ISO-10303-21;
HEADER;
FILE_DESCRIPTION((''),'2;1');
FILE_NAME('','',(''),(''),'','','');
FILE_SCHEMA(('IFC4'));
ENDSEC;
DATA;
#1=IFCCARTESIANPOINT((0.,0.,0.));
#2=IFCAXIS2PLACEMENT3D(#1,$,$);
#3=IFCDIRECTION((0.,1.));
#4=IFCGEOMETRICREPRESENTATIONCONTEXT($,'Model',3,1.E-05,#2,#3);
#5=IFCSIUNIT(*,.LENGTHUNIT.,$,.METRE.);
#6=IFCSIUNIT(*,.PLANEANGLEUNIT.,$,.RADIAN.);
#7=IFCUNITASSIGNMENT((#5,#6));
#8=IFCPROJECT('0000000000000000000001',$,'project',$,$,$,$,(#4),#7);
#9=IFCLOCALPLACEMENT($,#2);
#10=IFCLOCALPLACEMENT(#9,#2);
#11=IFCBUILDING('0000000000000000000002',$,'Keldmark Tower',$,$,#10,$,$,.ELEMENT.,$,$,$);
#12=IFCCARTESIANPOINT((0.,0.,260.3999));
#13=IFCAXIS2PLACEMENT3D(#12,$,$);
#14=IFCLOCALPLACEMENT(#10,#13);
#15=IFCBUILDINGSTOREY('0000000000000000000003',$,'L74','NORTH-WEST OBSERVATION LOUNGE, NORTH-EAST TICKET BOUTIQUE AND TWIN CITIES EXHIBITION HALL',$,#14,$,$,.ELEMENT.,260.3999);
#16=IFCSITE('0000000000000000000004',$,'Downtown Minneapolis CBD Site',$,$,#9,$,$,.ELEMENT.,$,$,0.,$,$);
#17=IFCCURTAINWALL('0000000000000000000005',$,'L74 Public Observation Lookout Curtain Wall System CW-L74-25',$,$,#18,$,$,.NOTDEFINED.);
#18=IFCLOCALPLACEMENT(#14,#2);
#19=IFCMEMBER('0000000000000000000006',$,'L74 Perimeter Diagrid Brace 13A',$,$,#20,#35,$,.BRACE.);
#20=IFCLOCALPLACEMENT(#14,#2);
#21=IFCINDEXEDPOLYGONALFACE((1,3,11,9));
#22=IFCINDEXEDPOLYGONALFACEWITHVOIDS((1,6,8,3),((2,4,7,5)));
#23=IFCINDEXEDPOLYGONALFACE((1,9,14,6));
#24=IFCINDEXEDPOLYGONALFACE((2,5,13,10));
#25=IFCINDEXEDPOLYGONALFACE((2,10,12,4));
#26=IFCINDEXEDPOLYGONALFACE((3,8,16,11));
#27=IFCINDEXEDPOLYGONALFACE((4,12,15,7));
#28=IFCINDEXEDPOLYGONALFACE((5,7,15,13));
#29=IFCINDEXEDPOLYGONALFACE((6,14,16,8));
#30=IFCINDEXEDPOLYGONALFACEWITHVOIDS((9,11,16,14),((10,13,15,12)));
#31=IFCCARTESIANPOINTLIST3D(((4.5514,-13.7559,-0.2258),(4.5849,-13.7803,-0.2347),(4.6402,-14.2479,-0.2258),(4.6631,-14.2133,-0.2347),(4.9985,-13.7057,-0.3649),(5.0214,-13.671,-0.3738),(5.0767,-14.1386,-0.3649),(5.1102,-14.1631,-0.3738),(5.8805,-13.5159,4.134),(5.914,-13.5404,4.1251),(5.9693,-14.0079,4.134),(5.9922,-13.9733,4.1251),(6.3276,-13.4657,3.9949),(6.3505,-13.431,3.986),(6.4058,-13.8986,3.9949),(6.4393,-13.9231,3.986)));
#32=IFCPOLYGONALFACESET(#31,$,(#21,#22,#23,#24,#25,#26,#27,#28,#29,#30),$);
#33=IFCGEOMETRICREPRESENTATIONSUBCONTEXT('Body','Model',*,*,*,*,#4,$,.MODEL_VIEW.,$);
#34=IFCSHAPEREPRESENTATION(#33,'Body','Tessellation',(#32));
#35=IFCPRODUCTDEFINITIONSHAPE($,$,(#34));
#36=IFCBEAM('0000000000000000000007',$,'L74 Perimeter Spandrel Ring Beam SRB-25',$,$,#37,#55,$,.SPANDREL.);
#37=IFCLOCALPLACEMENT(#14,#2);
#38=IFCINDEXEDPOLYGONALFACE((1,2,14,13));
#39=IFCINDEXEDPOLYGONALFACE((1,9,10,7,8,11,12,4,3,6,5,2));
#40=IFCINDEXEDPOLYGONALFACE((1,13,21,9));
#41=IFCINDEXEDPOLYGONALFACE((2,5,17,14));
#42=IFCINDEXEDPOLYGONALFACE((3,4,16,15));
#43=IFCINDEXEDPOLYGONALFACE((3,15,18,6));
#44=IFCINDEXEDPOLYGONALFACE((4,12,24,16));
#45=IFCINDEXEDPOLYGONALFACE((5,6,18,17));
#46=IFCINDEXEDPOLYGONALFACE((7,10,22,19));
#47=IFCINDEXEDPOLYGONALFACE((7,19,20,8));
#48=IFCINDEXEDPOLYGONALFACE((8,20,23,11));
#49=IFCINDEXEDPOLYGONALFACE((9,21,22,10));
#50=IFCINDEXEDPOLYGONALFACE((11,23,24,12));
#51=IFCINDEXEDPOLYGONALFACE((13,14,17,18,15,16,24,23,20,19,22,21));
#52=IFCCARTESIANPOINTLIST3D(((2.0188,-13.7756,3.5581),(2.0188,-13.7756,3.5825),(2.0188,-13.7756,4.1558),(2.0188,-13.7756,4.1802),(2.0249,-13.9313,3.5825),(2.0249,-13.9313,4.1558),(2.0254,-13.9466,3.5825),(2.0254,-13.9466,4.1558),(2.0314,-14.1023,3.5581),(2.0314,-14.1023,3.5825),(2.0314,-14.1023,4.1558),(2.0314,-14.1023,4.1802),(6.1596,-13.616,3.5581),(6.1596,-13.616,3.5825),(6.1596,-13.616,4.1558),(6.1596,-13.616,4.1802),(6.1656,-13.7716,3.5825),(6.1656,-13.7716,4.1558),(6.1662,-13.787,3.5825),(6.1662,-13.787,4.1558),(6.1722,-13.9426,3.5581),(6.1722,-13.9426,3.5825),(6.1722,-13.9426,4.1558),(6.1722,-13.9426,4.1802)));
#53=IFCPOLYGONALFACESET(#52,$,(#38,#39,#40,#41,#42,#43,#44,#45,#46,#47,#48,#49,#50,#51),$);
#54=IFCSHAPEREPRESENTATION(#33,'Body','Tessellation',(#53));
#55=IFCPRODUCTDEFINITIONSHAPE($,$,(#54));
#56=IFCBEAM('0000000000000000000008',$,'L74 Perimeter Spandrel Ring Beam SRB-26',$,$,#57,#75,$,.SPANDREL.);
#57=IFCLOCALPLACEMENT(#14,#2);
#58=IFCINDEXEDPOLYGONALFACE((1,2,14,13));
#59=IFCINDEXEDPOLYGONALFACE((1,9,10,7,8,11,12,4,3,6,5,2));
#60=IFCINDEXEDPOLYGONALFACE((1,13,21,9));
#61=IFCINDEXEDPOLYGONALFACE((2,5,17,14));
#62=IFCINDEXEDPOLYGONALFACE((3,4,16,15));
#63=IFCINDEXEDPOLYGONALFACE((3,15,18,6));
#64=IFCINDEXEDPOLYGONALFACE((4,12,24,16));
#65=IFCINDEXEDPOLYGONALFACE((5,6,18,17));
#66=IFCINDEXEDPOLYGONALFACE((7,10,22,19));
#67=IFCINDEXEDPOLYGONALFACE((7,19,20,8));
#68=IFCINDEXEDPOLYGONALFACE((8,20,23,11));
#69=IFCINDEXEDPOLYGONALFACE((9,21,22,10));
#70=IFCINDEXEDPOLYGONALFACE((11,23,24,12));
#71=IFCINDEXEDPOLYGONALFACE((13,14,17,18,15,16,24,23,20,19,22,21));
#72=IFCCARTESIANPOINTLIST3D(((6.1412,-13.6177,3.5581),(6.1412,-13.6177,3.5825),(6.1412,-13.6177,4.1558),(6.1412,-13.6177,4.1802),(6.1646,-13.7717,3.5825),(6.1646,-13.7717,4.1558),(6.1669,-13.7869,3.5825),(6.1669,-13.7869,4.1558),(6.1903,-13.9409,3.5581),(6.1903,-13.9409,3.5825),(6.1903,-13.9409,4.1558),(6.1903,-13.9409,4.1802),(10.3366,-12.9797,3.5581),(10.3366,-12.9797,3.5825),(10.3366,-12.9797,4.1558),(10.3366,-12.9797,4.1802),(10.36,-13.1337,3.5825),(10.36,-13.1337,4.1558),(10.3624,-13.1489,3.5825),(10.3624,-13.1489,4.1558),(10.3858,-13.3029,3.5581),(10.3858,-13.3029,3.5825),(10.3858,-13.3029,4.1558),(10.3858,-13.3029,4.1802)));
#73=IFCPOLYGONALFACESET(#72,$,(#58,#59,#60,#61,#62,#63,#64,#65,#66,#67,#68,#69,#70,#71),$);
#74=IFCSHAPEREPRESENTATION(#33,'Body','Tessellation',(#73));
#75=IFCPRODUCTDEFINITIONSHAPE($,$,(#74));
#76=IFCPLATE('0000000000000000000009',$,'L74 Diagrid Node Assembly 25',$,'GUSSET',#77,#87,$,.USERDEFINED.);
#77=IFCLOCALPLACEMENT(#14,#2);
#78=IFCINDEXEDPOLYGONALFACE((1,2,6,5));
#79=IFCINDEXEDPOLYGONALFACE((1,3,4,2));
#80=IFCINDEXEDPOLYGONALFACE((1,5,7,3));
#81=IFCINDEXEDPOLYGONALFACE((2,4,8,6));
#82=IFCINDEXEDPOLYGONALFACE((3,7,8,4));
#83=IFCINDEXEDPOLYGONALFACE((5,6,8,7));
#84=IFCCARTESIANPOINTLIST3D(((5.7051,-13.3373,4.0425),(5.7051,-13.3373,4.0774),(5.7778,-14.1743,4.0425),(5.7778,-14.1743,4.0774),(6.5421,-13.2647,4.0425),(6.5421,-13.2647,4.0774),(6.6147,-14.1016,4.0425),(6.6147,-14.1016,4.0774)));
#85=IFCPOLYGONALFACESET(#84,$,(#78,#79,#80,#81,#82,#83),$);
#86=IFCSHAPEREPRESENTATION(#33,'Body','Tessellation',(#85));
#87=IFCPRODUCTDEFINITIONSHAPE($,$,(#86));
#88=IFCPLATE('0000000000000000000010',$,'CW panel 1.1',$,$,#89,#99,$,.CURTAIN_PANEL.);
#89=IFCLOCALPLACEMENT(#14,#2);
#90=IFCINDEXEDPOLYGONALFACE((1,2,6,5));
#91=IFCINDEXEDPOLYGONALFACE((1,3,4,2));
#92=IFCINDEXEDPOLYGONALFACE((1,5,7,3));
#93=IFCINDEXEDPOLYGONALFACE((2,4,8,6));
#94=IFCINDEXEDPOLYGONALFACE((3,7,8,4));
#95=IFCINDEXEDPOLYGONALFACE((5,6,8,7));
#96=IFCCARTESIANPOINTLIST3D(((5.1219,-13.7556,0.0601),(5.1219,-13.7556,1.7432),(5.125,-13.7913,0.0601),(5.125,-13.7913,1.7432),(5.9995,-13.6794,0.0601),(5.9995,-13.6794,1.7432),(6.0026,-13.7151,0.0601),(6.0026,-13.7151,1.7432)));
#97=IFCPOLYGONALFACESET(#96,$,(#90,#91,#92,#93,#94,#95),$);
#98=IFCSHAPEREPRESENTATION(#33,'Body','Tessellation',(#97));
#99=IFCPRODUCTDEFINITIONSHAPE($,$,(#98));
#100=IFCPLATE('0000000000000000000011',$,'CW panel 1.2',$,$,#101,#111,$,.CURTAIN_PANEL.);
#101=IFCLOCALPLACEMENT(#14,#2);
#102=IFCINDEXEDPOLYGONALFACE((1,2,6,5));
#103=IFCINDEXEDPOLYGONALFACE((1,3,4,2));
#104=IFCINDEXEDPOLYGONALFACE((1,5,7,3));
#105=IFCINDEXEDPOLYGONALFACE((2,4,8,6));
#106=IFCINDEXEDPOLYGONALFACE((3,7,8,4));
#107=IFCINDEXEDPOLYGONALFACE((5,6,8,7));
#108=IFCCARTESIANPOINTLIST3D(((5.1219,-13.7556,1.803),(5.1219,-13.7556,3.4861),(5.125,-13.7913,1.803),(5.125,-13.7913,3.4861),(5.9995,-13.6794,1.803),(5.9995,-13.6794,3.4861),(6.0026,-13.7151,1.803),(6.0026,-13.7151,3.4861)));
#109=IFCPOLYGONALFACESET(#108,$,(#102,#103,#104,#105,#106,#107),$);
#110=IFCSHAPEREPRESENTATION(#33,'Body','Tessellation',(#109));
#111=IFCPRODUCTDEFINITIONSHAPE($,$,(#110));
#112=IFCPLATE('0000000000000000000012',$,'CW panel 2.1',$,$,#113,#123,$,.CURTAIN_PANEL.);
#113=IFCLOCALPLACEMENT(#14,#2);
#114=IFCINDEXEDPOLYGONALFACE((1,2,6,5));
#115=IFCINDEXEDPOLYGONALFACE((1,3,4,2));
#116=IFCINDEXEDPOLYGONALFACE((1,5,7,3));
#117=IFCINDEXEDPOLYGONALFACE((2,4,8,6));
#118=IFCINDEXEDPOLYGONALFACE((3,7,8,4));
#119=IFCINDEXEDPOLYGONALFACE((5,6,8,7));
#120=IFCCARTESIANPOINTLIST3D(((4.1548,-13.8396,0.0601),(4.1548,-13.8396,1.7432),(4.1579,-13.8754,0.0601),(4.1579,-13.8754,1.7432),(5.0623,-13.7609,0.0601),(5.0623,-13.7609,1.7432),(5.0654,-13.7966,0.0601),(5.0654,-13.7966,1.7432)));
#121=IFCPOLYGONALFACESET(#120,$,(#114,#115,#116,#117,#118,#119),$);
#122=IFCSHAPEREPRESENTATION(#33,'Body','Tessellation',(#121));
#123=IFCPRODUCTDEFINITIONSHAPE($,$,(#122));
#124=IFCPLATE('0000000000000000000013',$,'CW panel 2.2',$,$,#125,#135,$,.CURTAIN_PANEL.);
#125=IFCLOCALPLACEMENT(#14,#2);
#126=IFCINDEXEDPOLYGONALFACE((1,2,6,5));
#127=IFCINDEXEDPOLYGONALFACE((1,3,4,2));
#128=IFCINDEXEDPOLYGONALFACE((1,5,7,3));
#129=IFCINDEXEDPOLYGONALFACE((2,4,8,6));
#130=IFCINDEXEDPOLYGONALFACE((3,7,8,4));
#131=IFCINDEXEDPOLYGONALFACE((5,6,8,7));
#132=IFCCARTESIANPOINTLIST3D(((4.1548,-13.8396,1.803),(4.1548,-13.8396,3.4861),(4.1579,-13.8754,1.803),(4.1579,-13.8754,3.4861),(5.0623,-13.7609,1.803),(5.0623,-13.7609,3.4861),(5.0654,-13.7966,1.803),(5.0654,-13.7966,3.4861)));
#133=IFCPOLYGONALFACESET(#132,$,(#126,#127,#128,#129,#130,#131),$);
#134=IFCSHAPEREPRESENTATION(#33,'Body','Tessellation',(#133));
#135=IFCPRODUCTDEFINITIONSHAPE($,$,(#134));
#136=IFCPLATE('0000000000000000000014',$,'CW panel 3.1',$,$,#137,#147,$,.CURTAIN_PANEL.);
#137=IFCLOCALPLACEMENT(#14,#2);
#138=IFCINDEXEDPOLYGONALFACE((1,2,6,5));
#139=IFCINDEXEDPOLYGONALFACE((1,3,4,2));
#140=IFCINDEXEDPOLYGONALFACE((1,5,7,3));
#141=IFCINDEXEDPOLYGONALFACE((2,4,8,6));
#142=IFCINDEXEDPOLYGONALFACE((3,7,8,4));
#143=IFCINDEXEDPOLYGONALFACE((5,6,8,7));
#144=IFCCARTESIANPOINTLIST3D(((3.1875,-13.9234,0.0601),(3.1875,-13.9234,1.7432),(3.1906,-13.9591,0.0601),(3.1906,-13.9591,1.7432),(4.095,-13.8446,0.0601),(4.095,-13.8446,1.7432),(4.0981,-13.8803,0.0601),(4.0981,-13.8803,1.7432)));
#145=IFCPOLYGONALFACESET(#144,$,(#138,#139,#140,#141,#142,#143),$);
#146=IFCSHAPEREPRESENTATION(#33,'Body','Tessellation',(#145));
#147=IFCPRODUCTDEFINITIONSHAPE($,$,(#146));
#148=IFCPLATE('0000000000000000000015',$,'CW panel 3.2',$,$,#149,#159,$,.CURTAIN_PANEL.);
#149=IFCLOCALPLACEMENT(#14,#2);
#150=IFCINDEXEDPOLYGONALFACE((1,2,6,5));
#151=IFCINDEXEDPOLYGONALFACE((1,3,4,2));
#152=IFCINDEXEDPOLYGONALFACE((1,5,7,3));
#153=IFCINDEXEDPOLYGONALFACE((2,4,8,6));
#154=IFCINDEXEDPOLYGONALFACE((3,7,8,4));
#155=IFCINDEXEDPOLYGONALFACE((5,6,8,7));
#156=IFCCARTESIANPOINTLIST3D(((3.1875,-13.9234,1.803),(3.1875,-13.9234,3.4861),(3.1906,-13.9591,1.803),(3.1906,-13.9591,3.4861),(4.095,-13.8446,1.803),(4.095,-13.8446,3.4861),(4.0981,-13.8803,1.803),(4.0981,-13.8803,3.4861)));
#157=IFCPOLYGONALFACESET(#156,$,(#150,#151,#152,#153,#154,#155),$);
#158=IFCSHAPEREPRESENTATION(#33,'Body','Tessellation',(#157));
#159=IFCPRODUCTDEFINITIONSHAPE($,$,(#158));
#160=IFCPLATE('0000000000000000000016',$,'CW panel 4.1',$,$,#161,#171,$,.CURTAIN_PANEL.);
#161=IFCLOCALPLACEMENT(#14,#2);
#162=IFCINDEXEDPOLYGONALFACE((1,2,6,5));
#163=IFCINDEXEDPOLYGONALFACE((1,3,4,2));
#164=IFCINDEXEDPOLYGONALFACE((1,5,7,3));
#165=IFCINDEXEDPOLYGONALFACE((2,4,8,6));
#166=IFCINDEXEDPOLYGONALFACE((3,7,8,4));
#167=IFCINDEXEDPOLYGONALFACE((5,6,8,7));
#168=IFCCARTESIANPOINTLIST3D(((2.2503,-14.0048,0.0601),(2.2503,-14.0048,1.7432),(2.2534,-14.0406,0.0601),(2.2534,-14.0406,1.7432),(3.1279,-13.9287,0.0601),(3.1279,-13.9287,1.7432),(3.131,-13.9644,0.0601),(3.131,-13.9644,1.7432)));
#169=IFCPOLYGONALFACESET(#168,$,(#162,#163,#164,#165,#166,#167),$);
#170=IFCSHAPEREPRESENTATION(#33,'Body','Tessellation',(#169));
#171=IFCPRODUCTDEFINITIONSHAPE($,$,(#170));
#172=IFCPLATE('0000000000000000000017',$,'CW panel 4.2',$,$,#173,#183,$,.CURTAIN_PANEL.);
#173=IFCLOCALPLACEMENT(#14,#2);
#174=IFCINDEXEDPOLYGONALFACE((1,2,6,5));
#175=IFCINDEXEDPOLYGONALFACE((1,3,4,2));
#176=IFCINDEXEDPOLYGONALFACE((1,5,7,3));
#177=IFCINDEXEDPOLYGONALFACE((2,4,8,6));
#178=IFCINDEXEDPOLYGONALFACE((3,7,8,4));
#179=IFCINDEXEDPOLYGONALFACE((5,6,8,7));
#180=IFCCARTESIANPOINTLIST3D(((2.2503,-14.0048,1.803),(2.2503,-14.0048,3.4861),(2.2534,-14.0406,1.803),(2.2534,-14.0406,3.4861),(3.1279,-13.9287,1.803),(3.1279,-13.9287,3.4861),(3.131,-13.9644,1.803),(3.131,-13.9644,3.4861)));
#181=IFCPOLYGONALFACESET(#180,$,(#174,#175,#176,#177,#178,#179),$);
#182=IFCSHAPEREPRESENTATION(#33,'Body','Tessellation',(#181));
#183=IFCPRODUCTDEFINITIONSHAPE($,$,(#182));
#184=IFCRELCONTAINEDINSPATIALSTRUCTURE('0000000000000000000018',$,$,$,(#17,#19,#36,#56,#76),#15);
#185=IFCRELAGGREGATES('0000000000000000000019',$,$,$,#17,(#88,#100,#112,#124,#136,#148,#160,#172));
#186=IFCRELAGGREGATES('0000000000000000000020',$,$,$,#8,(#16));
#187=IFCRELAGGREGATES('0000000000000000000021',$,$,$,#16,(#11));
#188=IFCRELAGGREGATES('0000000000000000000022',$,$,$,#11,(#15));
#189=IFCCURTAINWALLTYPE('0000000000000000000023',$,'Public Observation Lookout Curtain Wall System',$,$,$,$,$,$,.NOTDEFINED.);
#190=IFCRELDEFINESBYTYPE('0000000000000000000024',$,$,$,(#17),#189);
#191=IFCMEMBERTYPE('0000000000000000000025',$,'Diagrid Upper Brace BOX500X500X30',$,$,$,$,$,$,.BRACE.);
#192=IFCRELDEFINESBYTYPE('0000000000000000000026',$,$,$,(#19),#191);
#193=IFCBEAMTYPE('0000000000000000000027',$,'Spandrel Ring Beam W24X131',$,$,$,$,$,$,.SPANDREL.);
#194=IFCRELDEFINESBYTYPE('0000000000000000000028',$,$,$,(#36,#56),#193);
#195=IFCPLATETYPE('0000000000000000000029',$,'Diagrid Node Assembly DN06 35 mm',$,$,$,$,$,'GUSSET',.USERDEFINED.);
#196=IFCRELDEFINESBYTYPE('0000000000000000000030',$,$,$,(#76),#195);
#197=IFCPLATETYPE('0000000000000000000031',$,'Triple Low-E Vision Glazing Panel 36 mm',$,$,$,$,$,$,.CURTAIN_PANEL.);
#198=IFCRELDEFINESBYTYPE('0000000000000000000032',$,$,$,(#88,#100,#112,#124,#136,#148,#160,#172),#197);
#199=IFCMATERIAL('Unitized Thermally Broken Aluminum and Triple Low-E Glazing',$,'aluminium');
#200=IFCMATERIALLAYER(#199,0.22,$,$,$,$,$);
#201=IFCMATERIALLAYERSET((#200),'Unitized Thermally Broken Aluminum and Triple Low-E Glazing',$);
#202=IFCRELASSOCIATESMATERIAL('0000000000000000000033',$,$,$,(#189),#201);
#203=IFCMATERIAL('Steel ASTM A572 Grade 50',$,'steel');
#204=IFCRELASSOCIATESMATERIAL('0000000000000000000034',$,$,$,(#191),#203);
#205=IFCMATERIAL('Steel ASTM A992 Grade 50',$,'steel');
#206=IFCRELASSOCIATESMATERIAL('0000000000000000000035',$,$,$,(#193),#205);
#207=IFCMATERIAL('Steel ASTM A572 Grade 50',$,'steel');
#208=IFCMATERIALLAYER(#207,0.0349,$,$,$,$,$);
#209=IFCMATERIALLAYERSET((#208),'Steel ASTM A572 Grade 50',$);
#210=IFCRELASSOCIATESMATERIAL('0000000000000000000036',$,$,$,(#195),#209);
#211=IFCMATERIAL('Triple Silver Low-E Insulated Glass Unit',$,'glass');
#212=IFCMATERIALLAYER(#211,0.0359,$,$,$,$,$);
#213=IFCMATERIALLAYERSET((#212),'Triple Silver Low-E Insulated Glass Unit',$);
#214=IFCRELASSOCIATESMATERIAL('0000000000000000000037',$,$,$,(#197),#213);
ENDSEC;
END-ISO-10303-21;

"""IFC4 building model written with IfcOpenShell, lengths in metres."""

from ifc_helpers import new_model, si_unit, direction, frame, origin, origin_2d, place, context, subcontext, project, spatial, rectangle, hollow_rectangle, i_section, extrude, material, layer, layer_set, material_profile, profile_set, type_object, element, aggregate, save


model = new_model("IFC4")

# Units and contexts
model_context = context("Model", 3, precision=1e-05, world=origin(), true_north=direction((0.0, 1.0)))
body_context = subcontext(model_context, "Body", "Model", "MODEL_VIEW")
ifc_project = project(units=[si_unit("LENGTHUNIT", "METRE"), si_unit("PLANEANGLEUNIT", "RADIAN")], contexts=[model_context])

# Site, building, storey
site_placement = place(None, origin())
site = spatial("IfcSite", under=ifc_project, at=site_placement, Name="Downtown Minneapolis CBD Site", CompositionType="ELEMENT", RefElevation=0.0)
building_placement = place(site_placement, origin())
building = spatial("IfcBuilding", under=site, at=building_placement, Name="Keldmark Tower", CompositionType="ELEMENT")
storey_placement = place(building_placement, frame((0.0, 0.0, 260.3999)))
storey = spatial("IfcBuildingStorey", under=building, at=storey_placement, Name="L74", Description="NORTH-WEST OBSERVATION LOUNGE, NORTH-EAST TICKET BOUTIQUE AND TWIN CITIES EXHIBITION HALL", CompositionType="ELEMENT", Elevation=260.3999)

# Curtain wall
ifc_material_1 = material(Name="Unitized Thermally Broken Aluminum and Triple Low-E Glazing", Category="aluminium")
ifc_layer_1 = layer(ifc_material_1, 0.22)
ifc_layer_set_1 = layer_set([ifc_layer_1], Name="Unitized Thermally Broken Aluminum and Triple Low-E Glazing")
curtain_wall_type = type_object("IfcCurtainWallType", Name="Public Observation Lookout Curtain Wall System", PredefinedType="NOTDEFINED", material=ifc_layer_set_1)
curtain_wall_placement = place(storey_placement, origin())
curtain_wall = element("IfcCurtainWall", 1, at=curtain_wall_placement, inside=storey, type_object=curtain_wall_type, Name="L74 Public Observation Lookout Curtain Wall System CW-L74-25", PredefinedType="NOTDEFINED")

# Member
ifc_material_2 = material(Name="Steel ASTM A572 Grade 50", Category="steel")
ifc_material_profile_1 = material_profile(ifc_material_2, hollow_rectangle(XDim=0.5, YDim=0.5, WallThickness=0.03, at=origin_2d()), Name="BOX500X500X30")
ifc_profile_set_1 = profile_set([ifc_material_profile_1], Name="Steel ASTM A572 Grade 50")
member_type_1 = type_object("IfcMemberType", Name="Diagrid Upper Brace BOX500X500X30", PredefinedType="BRACE", material=ifc_profile_set_1)
member_1_placement = place(storey_placement, frame((4.8308, -13.9595, -0.2998), z_axis=(0.291197, 0.05258, 0.955217), x_axis=(-0.177692, 0.984086, 0.0)))
element("IfcMember", 2, at=member_1_placement, inside=storey, type_object=member_type_1, Name="L74 Perimeter Diagrid Brace 13A", PredefinedType="BRACE", context=body_context, shape_type="SweptSolid", body=[
    extrude(hollow_rectangle(XDim=0.5, YDim=0.5, WallThickness=0.03, at=origin_2d()), origin(), (0.0, 0.0, 1.0), 4.5642),
])

# Beams
ifc_material_3 = material(Name="Steel ASTM A992 Grade 50", Category="steel")
ifc_material_profile_2 = material_profile(ifc_material_3, i_section(OverallWidth=0.3269, OverallDepth=0.6221, WebThickness=0.0154, FlangeThickness=0.0244, at=origin_2d()), Name="W24X131")
ifc_profile_set_2 = profile_set([ifc_material_profile_2], Name="Steel ASTM A992 Grade 50")
beam_type = type_object("IfcBeamType", Name="Spandrel Ring Beam W24X131", PredefinedType="SPANDREL", material=ifc_profile_set_2)
beam_1_placement = place(storey_placement, frame((2.0251, -13.939, 3.8691), z_axis=(0.999257, 0.038533, 0.0), x_axis=(-0.038533, 0.999257, 0.0)))
element("IfcBeam", 3, at=beam_1_placement, inside=storey, type_object=beam_type, Name="L74 Perimeter Spandrel Ring Beam SRB-25", PredefinedType="SPANDREL", context=body_context, shape_type="SweptSolid", body=[
    extrude(i_section(OverallWidth=0.3269, OverallDepth=0.6221, WebThickness=0.0154, FlangeThickness=0.0244, at=origin_2d()), origin(), (0.0, 0.0, 1.0), 4.1438),
])
beam_2_placement = place(storey_placement, frame((6.1658, -13.7793, 3.8691), z_axis=(0.988636, 0.150332, 0.0), x_axis=(-0.150332, 0.988636, 0.0)))
element("IfcBeam", 4, at=beam_2_placement, inside=storey, type_object=beam_type, Name="L74 Perimeter Spandrel Ring Beam SRB-26", PredefinedType="SPANDREL", context=body_context, shape_type="SweptSolid", body=[
    extrude(i_section(OverallWidth=0.3269, OverallDepth=0.6221, WebThickness=0.0154, FlangeThickness=0.0244, at=origin_2d()), origin(), (0.0, 0.0, 1.0), 4.2437),
])

# Plates
ifc_material_4 = material(Name="Steel ASTM A572 Grade 50", Category="steel")
ifc_layer_2 = layer(ifc_material_4, 0.0349)
ifc_layer_set_2 = layer_set([ifc_layer_2], Name="Steel ASTM A572 Grade 50")
plate_type_1 = type_object("IfcPlateType", Name="Diagrid Node Assembly DN06 35 mm", ElementType="GUSSET", PredefinedType="USERDEFINED", material=ifc_layer_set_2)
plate_1_placement = place(storey_placement, frame((6.1599, -13.7195, 4.0425), z_axis=(0.0, 0.0, 1.0), x_axis=(0.996255, 0.08646, 0.0)))
element("IfcPlate", 5, at=plate_1_placement, inside=storey, type_object=plate_type_1, Name="L74 Diagrid Node Assembly 25", ObjectType="GUSSET", PredefinedType="USERDEFINED", context=body_context, shape_type="SweptSolid", body=[
    extrude(rectangle(XDim=0.8401, YDim=0.8401, at=origin_2d()), origin(), (0.0, 0.0, 1.0), 0.0349),
])
ifc_material_5 = material(Name="Triple Silver Low-E Insulated Glass Unit", Category="glass")
ifc_layer_3 = layer(ifc_material_5, 0.0359)
ifc_layer_set_3 = layer_set([ifc_layer_3], Name="Triple Silver Low-E Insulated Glass Unit")
plate_type_2 = type_object("IfcPlateType", Name="Triple Low-E Vision Glazing Panel 36 mm", PredefinedType="CURTAIN_PANEL", material=ifc_layer_set_3)
plate_2_placement = place(storey_placement, frame((5.5623, -13.7354, 0.0601), z_axis=(0.0, 0.0, 1.0), x_axis=(-0.996254, -0.086472, 0.0)))
plate_2 = element("IfcPlate", 6, at=plate_2_placement, type_object=plate_type_2, Name="CW panel 1.1", PredefinedType="CURTAIN_PANEL", context=body_context, shape_type="SweptSolid", body=[
    extrude(rectangle(XDim=0.8809, YDim=0.0359, at=origin_2d()), origin(), (0.0, 0.0, 1.0), 1.6831),
])
plate_3_placement = place(storey_placement, frame((5.5623, -13.7354, 1.803), z_axis=(0.0, 0.0, 1.0), x_axis=(-0.996254, -0.086472, 0.0)))
plate_3 = element("IfcPlate", 7, at=plate_3_placement, type_object=plate_type_2, Name="CW panel 1.2", PredefinedType="CURTAIN_PANEL", context=body_context, shape_type="SweptSolid", body=[
    extrude(rectangle(XDim=0.8809, YDim=0.0359, at=origin_2d()), origin(), (0.0, 0.0, 1.0), 1.6831),
])
plate_4_placement = place(storey_placement, frame((4.6101, -13.8181, 0.0601), z_axis=(0.0, 0.0, 1.0), x_axis=(-0.996254, -0.086472, 0.0)))
plate_4 = element("IfcPlate", 8, at=plate_4_placement, type_object=plate_type_2, Name="CW panel 2.1", PredefinedType="CURTAIN_PANEL", context=body_context, shape_type="SweptSolid", body=[
    extrude(rectangle(XDim=0.9109, YDim=0.0359, at=origin_2d()), origin(), (0.0, 0.0, 1.0), 1.6831),
])
plate_5_placement = place(storey_placement, frame((4.6101, -13.8181, 1.803), z_axis=(0.0, 0.0, 1.0), x_axis=(-0.996254, -0.086472, 0.0)))
plate_5 = element("IfcPlate", 9, at=plate_5_placement, type_object=plate_type_2, Name="CW panel 2.2", PredefinedType="CURTAIN_PANEL", context=body_context, shape_type="SweptSolid", body=[
    extrude(rectangle(XDim=0.9109, YDim=0.0359, at=origin_2d()), origin(), (0.0, 0.0, 1.0), 1.6831),
])
plate_6_placement = place(storey_placement, frame((3.6428, -13.9019, 0.0601), z_axis=(0.0, 0.0, 1.0), x_axis=(-0.996254, -0.086472, 0.0)))
plate_6 = element("IfcPlate", 10, at=plate_6_placement, type_object=plate_type_2, Name="CW panel 3.1", PredefinedType="CURTAIN_PANEL", context=body_context, shape_type="SweptSolid", body=[
    extrude(rectangle(XDim=0.9109, YDim=0.0359, at=origin_2d()), origin(), (0.0, 0.0, 1.0), 1.6831),
])
plate_7_placement = place(storey_placement, frame((3.6428, -13.9019, 1.803), z_axis=(0.0, 0.0, 1.0), x_axis=(-0.996254, -0.086472, 0.0)))
plate_7 = element("IfcPlate", 11, at=plate_7_placement, type_object=plate_type_2, Name="CW panel 3.2", PredefinedType="CURTAIN_PANEL", context=body_context, shape_type="SweptSolid", body=[
    extrude(rectangle(XDim=0.9109, YDim=0.0359, at=origin_2d()), origin(), (0.0, 0.0, 1.0), 1.6831),
])
plate_8_placement = place(storey_placement, frame((2.6907, -13.9846, 0.0601), z_axis=(0.0, 0.0, 1.0), x_axis=(-0.996254, -0.086472, 0.0)))
plate_8 = element("IfcPlate", 12, at=plate_8_placement, type_object=plate_type_2, Name="CW panel 4.1", PredefinedType="CURTAIN_PANEL", context=body_context, shape_type="SweptSolid", body=[
    extrude(rectangle(XDim=0.8809, YDim=0.0359, at=origin_2d()), origin(), (0.0, 0.0, 1.0), 1.6831),
])
plate_9_placement = place(storey_placement, frame((2.6907, -13.9846, 1.803), z_axis=(0.0, 0.0, 1.0), x_axis=(-0.996254, -0.086472, 0.0)))
plate_9 = element("IfcPlate", 13, at=plate_9_placement, type_object=plate_type_2, Name="CW panel 4.2", PredefinedType="CURTAIN_PANEL", context=body_context, shape_type="SweptSolid", body=[
    extrude(rectangle(XDim=0.8809, YDim=0.0359, at=origin_2d()), origin(), (0.0, 0.0, 1.0), 1.6831),
])
aggregate(curtain_wall, [plate_2, plate_3, plate_4, plate_5, plate_6, plate_7, plate_8, plate_9])

save(model, "model.ifc")
